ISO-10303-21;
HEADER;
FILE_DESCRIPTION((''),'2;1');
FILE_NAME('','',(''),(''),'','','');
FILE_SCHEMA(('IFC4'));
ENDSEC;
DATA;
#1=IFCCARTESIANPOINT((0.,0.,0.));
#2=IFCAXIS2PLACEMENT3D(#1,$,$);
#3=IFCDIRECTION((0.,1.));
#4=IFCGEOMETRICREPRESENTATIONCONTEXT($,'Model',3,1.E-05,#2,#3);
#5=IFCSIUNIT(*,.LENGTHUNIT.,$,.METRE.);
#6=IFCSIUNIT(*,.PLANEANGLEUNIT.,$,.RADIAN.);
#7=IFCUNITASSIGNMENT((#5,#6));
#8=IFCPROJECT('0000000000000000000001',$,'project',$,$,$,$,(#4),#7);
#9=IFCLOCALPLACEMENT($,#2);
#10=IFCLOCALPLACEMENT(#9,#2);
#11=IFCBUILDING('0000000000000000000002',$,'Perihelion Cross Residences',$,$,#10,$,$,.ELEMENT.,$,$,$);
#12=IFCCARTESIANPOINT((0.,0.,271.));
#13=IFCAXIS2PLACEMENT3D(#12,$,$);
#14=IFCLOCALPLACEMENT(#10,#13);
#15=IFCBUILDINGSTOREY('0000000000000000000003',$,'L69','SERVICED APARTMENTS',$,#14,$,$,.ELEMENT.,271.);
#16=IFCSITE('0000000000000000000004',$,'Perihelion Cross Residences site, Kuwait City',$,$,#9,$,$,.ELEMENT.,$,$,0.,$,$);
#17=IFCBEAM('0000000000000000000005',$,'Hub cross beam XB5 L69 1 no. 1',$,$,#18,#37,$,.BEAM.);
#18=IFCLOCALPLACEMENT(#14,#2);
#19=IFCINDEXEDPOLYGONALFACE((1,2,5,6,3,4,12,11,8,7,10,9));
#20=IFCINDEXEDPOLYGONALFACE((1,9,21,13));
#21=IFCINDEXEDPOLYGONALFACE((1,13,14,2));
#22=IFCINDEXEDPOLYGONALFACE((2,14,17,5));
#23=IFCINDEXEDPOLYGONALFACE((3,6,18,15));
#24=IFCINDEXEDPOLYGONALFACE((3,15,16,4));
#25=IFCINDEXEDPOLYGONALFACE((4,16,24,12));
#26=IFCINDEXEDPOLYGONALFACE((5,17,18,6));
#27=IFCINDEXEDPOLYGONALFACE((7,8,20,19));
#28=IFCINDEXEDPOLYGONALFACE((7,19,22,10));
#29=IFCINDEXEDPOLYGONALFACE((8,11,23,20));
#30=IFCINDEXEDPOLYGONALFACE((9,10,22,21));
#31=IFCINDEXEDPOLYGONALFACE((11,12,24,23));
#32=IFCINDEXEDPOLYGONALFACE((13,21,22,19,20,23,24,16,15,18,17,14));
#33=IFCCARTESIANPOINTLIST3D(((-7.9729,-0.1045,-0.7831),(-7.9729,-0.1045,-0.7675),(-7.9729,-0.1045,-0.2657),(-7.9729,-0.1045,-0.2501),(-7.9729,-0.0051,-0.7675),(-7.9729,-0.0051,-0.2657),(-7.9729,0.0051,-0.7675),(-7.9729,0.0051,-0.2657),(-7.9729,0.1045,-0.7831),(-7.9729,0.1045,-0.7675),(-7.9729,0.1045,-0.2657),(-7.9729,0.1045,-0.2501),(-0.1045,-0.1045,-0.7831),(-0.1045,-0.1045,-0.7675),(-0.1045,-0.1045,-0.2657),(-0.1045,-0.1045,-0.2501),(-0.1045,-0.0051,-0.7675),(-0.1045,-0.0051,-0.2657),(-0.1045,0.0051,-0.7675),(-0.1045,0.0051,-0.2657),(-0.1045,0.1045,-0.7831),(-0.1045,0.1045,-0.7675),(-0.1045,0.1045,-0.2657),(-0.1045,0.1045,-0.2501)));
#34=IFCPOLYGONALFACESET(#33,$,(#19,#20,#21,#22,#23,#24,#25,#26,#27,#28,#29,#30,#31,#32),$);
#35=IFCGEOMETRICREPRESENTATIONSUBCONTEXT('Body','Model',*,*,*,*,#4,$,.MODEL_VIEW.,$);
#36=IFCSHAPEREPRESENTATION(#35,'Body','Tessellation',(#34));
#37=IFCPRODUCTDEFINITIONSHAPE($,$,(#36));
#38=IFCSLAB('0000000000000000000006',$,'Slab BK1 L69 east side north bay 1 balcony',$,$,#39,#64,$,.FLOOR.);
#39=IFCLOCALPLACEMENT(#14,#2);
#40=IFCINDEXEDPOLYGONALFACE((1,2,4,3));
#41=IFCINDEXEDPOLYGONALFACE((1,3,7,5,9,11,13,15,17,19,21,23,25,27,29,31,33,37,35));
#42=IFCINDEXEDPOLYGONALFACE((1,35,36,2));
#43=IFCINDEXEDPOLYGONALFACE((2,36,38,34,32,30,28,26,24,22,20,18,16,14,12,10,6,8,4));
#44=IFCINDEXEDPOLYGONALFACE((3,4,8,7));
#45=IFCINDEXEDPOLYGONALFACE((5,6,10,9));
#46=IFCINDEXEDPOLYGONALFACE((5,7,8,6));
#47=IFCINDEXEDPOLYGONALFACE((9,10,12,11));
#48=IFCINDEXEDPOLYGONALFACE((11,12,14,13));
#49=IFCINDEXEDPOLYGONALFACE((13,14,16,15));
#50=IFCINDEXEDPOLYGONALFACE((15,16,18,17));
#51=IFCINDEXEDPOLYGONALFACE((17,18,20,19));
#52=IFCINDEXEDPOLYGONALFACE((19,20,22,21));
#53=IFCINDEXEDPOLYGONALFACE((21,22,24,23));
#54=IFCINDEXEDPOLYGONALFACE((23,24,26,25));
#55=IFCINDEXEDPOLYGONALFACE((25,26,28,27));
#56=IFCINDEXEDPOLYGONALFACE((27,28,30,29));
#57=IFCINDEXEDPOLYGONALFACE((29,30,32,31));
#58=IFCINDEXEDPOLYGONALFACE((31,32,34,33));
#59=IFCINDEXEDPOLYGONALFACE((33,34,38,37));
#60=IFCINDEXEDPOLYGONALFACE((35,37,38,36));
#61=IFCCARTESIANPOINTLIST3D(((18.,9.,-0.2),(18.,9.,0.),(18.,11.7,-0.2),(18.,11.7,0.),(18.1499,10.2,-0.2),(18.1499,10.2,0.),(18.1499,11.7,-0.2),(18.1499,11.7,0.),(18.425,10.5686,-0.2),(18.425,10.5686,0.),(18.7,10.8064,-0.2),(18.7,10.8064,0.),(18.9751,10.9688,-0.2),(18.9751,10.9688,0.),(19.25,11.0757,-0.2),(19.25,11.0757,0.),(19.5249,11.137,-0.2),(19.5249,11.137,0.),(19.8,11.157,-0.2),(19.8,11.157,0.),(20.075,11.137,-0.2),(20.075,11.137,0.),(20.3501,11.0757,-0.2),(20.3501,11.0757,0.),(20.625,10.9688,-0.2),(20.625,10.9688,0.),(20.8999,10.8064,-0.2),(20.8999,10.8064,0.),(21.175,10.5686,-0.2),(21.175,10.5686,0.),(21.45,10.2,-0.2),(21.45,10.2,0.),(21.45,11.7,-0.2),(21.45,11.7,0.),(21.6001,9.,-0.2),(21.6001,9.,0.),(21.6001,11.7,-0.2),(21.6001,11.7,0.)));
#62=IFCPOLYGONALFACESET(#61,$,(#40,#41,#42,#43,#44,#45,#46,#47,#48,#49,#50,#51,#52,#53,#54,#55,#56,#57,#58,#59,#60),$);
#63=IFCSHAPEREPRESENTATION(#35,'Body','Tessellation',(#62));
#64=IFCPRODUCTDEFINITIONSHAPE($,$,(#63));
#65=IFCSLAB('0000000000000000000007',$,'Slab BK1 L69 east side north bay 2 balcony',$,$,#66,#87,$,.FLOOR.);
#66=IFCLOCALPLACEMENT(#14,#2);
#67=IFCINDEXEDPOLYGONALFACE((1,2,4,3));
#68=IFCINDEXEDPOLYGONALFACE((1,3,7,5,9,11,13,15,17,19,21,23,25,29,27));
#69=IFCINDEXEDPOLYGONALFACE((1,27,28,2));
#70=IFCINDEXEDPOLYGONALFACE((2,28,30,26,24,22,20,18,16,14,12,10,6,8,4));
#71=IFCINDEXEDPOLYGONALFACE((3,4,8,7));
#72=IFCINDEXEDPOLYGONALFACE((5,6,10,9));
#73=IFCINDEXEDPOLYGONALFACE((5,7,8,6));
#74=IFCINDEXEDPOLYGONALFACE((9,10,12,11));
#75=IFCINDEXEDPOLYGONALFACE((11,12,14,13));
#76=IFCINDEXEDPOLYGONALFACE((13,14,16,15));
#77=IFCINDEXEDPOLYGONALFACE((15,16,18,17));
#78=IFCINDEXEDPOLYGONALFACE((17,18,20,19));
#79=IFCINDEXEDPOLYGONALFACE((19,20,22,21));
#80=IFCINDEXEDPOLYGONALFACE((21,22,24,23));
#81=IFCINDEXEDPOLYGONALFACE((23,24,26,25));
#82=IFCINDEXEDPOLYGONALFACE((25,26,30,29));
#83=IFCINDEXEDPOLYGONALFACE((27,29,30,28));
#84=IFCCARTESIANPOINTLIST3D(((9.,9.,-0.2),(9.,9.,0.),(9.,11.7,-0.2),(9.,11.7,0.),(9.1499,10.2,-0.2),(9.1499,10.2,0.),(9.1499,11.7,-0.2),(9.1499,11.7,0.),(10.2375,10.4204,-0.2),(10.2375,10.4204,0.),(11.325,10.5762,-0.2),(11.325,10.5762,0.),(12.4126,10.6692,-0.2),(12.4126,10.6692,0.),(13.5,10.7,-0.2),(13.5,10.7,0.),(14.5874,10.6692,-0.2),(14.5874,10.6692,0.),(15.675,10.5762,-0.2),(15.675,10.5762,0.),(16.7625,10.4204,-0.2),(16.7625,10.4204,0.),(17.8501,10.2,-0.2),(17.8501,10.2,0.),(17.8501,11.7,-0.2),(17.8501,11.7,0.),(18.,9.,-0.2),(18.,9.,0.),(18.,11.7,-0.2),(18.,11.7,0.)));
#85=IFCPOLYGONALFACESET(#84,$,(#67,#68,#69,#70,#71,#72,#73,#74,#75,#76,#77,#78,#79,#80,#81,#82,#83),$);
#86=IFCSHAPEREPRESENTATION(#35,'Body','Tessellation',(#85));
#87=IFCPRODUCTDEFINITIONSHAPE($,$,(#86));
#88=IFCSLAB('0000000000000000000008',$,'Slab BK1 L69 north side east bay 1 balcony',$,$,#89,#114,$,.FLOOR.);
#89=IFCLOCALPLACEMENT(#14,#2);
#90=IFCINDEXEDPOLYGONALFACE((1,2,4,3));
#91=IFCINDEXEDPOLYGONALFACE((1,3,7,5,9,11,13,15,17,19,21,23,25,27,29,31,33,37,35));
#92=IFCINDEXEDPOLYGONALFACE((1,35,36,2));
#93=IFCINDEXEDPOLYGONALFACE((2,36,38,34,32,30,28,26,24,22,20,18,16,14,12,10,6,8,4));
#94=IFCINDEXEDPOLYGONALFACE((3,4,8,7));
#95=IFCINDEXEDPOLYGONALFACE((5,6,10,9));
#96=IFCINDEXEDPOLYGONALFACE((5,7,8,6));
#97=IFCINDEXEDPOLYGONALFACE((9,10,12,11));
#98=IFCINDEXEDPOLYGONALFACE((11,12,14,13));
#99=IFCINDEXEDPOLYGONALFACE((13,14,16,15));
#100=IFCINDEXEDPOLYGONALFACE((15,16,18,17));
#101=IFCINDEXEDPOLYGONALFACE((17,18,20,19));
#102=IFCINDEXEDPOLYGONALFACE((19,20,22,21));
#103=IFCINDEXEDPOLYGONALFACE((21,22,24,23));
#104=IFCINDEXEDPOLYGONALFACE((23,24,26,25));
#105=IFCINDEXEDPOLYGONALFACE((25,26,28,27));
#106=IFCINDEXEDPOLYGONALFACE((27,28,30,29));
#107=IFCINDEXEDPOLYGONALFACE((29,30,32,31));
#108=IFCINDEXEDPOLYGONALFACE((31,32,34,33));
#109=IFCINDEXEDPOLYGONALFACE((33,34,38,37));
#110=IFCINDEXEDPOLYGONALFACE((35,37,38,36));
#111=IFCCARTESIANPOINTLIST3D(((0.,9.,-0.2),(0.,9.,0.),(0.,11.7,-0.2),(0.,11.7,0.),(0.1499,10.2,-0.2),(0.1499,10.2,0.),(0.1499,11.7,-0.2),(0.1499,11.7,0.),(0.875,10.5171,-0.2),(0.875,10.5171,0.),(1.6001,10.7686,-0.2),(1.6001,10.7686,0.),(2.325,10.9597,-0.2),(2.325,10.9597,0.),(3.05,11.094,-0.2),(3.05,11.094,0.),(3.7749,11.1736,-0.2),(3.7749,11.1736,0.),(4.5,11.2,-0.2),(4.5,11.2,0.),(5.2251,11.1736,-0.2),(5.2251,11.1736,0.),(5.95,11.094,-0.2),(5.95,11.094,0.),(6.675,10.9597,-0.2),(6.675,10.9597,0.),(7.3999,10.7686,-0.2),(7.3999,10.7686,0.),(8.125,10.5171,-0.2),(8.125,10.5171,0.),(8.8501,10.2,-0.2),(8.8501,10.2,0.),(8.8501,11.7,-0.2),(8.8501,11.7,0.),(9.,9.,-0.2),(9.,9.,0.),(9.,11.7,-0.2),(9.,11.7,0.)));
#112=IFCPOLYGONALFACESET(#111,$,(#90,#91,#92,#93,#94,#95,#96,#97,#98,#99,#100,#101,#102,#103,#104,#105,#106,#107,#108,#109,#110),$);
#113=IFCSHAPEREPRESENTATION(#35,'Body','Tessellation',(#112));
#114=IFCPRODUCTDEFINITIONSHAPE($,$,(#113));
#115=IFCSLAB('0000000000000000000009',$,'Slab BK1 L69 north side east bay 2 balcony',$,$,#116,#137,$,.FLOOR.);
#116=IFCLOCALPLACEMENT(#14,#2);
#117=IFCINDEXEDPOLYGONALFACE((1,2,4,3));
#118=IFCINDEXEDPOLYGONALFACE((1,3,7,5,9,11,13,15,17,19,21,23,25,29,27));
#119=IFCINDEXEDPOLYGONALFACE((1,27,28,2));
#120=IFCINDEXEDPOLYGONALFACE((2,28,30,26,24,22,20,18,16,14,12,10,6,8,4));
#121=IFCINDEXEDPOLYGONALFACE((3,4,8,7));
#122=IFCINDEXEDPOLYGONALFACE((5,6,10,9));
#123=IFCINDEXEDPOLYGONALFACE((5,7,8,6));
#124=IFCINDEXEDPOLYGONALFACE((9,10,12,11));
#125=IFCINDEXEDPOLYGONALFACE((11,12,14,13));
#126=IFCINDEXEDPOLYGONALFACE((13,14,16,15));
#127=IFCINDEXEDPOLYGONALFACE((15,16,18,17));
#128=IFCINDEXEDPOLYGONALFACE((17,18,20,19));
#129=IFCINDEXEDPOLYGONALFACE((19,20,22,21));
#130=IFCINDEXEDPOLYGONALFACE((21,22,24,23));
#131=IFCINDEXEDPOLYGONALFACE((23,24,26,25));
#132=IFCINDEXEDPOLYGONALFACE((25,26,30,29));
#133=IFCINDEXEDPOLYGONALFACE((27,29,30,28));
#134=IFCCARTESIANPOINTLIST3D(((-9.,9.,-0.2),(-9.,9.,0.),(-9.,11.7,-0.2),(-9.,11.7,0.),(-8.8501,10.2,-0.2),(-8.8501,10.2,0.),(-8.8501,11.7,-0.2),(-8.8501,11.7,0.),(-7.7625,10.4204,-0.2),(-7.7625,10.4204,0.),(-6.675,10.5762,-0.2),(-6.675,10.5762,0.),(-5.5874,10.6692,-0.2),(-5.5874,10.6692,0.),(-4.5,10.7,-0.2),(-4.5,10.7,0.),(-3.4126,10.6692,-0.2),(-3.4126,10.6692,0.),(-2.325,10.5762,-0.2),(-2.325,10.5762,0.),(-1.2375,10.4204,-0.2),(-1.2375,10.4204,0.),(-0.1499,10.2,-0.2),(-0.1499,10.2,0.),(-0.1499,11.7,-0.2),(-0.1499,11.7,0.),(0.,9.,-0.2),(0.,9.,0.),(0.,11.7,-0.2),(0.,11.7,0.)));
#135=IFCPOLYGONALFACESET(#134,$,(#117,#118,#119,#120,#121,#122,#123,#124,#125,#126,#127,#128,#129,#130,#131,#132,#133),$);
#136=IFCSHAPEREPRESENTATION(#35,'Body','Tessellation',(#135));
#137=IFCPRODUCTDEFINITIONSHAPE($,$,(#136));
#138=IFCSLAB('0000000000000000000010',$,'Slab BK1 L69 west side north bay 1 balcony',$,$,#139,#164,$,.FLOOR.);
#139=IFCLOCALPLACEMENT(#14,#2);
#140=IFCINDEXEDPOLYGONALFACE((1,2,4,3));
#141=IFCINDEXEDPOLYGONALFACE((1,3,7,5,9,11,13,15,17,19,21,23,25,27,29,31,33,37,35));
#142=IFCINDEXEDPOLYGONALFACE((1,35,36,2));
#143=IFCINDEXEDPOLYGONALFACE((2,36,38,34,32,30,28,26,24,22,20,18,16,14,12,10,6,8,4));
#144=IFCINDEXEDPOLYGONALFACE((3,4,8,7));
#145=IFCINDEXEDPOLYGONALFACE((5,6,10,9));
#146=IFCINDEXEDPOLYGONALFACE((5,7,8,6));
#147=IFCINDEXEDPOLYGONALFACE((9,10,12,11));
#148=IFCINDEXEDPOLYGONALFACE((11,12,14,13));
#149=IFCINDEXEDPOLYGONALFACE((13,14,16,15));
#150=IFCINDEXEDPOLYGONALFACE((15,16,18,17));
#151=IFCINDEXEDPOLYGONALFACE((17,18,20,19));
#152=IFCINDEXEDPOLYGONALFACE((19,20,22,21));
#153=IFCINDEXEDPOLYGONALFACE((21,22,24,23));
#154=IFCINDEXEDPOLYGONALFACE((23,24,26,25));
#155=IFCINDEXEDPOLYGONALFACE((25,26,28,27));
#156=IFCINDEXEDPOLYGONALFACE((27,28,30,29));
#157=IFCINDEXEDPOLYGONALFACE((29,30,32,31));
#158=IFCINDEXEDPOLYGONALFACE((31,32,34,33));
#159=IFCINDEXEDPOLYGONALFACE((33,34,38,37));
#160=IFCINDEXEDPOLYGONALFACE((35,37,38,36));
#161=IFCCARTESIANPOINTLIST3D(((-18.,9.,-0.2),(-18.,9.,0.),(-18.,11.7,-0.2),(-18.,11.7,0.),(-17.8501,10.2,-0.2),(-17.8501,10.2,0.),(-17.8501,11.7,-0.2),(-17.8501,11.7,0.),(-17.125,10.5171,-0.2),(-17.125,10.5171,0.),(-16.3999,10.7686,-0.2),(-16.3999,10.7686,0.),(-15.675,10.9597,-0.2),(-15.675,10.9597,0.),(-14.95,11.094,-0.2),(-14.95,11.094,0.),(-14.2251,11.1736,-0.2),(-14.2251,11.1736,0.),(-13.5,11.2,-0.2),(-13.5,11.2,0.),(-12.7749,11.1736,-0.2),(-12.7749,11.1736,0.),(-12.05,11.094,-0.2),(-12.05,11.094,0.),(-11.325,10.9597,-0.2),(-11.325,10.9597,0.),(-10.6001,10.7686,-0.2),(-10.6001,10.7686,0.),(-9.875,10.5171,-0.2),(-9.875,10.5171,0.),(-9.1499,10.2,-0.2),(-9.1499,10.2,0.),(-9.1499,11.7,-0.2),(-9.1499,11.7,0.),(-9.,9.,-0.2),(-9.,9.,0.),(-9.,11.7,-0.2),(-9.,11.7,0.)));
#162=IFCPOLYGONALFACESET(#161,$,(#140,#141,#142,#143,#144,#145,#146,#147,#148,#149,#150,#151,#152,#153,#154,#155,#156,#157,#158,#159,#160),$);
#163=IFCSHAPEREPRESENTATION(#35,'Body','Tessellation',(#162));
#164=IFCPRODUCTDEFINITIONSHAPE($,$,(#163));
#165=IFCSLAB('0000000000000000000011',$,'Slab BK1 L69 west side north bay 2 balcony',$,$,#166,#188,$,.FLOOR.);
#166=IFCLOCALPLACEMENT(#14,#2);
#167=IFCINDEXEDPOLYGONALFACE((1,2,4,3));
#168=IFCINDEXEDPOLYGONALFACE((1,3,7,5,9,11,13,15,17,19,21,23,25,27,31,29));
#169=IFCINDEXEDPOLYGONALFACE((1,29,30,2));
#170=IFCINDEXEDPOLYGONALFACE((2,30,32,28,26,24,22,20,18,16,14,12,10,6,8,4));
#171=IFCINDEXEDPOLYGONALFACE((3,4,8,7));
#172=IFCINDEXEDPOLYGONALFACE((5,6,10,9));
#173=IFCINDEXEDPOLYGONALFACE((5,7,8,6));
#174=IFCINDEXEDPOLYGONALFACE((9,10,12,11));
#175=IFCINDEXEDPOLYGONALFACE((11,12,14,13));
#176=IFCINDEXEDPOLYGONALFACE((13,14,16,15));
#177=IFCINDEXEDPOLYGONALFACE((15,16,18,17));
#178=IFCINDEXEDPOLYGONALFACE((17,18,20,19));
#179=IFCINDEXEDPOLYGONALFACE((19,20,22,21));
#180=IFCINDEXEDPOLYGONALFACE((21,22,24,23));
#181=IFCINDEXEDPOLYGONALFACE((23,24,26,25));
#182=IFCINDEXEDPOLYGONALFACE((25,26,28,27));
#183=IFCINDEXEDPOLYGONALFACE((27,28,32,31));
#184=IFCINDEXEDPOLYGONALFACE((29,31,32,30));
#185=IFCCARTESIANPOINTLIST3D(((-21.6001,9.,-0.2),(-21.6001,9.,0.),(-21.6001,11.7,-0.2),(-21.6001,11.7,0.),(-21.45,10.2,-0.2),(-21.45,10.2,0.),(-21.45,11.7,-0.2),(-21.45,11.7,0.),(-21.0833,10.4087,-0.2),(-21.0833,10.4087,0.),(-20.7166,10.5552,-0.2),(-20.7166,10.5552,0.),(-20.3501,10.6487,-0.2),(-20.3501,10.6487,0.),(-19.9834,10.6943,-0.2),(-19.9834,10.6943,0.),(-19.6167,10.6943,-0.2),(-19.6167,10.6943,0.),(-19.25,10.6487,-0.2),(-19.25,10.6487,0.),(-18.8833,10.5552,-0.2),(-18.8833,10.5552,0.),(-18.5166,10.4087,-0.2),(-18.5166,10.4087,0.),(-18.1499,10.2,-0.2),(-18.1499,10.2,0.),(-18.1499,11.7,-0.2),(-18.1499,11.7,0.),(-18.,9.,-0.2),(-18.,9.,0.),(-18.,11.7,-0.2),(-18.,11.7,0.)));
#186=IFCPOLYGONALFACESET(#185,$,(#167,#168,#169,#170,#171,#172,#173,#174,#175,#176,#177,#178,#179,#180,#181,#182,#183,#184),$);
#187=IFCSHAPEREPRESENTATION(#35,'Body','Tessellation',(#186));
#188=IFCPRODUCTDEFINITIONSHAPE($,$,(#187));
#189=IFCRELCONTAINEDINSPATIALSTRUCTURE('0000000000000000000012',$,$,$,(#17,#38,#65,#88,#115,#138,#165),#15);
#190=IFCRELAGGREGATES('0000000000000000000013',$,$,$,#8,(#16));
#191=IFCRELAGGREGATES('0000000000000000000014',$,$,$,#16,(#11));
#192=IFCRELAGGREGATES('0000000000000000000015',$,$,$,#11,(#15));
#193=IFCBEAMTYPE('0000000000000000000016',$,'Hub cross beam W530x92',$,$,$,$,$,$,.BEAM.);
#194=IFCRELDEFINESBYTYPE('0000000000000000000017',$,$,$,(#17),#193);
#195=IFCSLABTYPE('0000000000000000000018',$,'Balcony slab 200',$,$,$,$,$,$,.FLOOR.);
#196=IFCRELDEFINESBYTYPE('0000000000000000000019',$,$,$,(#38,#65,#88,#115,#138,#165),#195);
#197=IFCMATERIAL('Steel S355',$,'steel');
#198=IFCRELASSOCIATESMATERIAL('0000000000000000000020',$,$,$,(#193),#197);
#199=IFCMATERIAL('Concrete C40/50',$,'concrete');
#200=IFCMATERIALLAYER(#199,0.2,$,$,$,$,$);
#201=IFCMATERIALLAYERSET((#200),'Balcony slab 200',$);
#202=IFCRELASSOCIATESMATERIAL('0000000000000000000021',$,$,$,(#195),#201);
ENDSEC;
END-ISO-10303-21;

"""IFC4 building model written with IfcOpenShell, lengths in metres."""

from ifc_helpers import new_model, si_unit, direction, frame, origin, origin_2d, place, context, subcontext, project, spatial, polyline, i_section, outline, extrude, material, layer, layer_set, material_profile, profile_set, type_object, element, save


model = new_model("IFC4")

# Units and contexts
model_context = context("Model", 3, precision=1e-05, world=origin(), true_north=direction((0.0, 1.0)))
body_context = subcontext(model_context, "Body", "Model", "MODEL_VIEW")
ifc_project = project(units=[si_unit("LENGTHUNIT", "METRE"), si_unit("PLANEANGLEUNIT", "RADIAN")], contexts=[model_context])

# Site, building, storey
site_placement = place(None, origin())
site = spatial("IfcSite", under=ifc_project, at=site_placement, Name="Perihelion Cross Residences site, Kuwait City", CompositionType="ELEMENT", RefElevation=0.0)
building_placement = place(site_placement, origin())
building = spatial("IfcBuilding", under=site, at=building_placement, Name="Perihelion Cross Residences", CompositionType="ELEMENT")
storey_placement = place(building_placement, frame((0.0, 0.0, 271.0)))
storey = spatial("IfcBuildingStorey", under=building, at=storey_placement, Name="L69", Description="SERVICED APARTMENTS", CompositionType="ELEMENT", Elevation=271.0)

# Beam
ifc_material_1 = material(Name="Steel S355", Category="steel")
ifc_material_profile = material_profile(ifc_material_1, i_section(OverallWidth=0.209, OverallDepth=0.533, WebThickness=0.0103, FlangeThickness=0.0156, at=origin_2d()), Name="W530x92")
ifc_profile_set = profile_set([ifc_material_profile], Name="Steel S355")
beam_type = type_object("IfcBeamType", Name="Hub cross beam W530x92", PredefinedType="BEAM", material=ifc_profile_set)
beam_placement = place(storey_placement, frame((-7.9729, 0.0, -0.5166), z_axis=(1.0, 0.0, 0.0), x_axis=(0.0, 1.0, 0.0)))
element("IfcBeam", 1, at=beam_placement, inside=storey, type_object=beam_type, Name="Hub cross beam XB5 L69 1 no. 1", PredefinedType="BEAM", context=body_context, shape_type="SweptSolid", body=[
    extrude(i_section(OverallWidth=0.209, OverallDepth=0.533, WebThickness=0.0103, FlangeThickness=0.0156, at=origin_2d()), origin(), (0.0, 0.0, 1.0), 7.8684),
])

# Slabs
ifc_material_2 = material(Name="Concrete C40/50", Category="concrete")
ifc_layer_1 = layer(ifc_material_2, 0.2)
ifc_layer_set_1 = layer_set([ifc_layer_1], Name="Balcony slab 200")
slab_type_1 = type_object("IfcSlabType", Name="Balcony slab 200", PredefinedType="FLOOR", material=ifc_layer_set_1)
slab_1_placement = place(storey_placement, frame((0.0, 0.0, -0.2)))
element("IfcSlab", 2, at=slab_1_placement, inside=storey, type_object=slab_type_1, Name="Slab BK1 L69 east side north bay 1 balcony", PredefinedType="FLOOR", context=body_context, shape_type="SweptSolid", body=[
    extrude(outline(polyline([(21.6001, 9.0), (18.0, 9.0), (18.0, 11.7), (18.1499, 11.7), (18.1499, 10.2), (18.425, 10.5686), (18.7, 10.8064), (18.9751, 10.9688), (19.25, 11.0757), (19.5249, 11.137), (19.8, 11.157), (20.075, 11.137), (20.3501, 11.0757), (20.625, 10.9688), (20.8999, 10.8064), (21.175, 10.5686), (21.45, 10.2), (21.45, 11.7), (21.6001, 11.7), (21.6001, 9.0)])), origin(), (0.0, 0.0, 1.0), 0.2),
])
slab_2_placement = place(storey_placement, frame((0.0, 0.0, -0.2)))
element("IfcSlab", 3, at=slab_2_placement, inside=storey, type_object=slab_type_1, Name="Slab BK1 L69 east side north bay 2 balcony", PredefinedType="FLOOR", context=body_context, shape_type="SweptSolid", body=[
    extrude(outline(polyline([(18.0, 9.0), (9.0, 9.0), (9.0, 11.7), (9.1499, 11.7), (9.1499, 10.2), (10.2375, 10.4204), (11.325, 10.5762), (12.4126, 10.6692), (13.5, 10.7), (14.5874, 10.6692), (15.675, 10.5762), (16.7625, 10.4204), (17.8501, 10.2), (17.8501, 11.7), (18.0, 11.7), (18.0, 9.0)])), origin(), (0.0, 0.0, 1.0), 0.2),
])
slab_3_placement = place(storey_placement, frame((0.0, 0.0, -0.2)))
element("IfcSlab", 4, at=slab_3_placement, inside=storey, type_object=slab_type_1, Name="Slab BK1 L69 north side east bay 1 balcony", PredefinedType="FLOOR", context=body_context, shape_type="SweptSolid", body=[
    extrude(outline(polyline([(9.0, 9.0), (0.0, 9.0), (0.0, 11.7), (0.1499, 11.7), (0.1499, 10.2), (0.875, 10.5171), (1.6001, 10.7686), (2.325, 10.9597), (3.05, 11.094), (3.7749, 11.1736), (4.5, 11.2), (5.2251, 11.1736), (5.95, 11.094), (6.675, 10.9597), (7.3999, 10.7686), (8.125, 10.5171), (8.8501, 10.2), (8.8501, 11.7), (9.0, 11.7), (9.0, 9.0)])), origin(), (0.0, 0.0, 1.0), 0.2),
])
slab_4_placement = place(storey_placement, frame((0.0, 0.0, -0.2)))
element("IfcSlab", 5, at=slab_4_placement, inside=storey, type_object=slab_type_1, Name="Slab BK1 L69 north side east bay 2 balcony", PredefinedType="FLOOR", context=body_context, shape_type="SweptSolid", body=[
    extrude(outline(polyline([(0.0, 9.0), (-9.0, 9.0), (-9.0, 11.7), (-8.8501, 11.7), (-8.8501, 10.2), (-7.7625, 10.4204), (-6.675, 10.5762), (-5.5874, 10.6692), (-4.5, 10.7), (-3.4126, 10.6692), (-2.325, 10.5762), (-1.2375, 10.4204), (-0.1499, 10.2), (-0.1499, 11.7), (0.0, 11.7), (0.0, 9.0)])), origin(), (0.0, 0.0, 1.0), 0.2),
])
slab_5_placement = place(storey_placement, frame((0.0, 0.0, -0.2)))
element("IfcSlab", 6, at=slab_5_placement, inside=storey, type_object=slab_type_1, Name="Slab BK1 L69 west side north bay 1 balcony", PredefinedType="FLOOR", context=body_context, shape_type="SweptSolid", body=[
    extrude(outline(polyline([(-9.0, 9.0), (-18.0, 9.0), (-18.0, 11.7), (-17.8501, 11.7), (-17.8501, 10.2), (-17.125, 10.5171), (-16.3999, 10.7686), (-15.675, 10.9597), (-14.95, 11.094), (-14.2251, 11.1736), (-13.5, 11.2), (-12.7749, 11.1736), (-12.05, 11.094), (-11.325, 10.9597), (-10.6001, 10.7686), (-9.875, 10.5171), (-9.1499, 10.2), (-9.1499, 11.7), (-9.0, 11.7), (-9.0, 9.0)])), origin(), (0.0, 0.0, 1.0), 0.2),
])
slab_6_placement = place(storey_placement, frame((0.0, 0.0, -0.2)))
element("IfcSlab", 7, at=slab_6_placement, inside=storey, type_object=slab_type_1, Name="Slab BK1 L69 west side north bay 2 balcony", PredefinedType="FLOOR", context=body_context, shape_type="SweptSolid", body=[
    extrude(outline(polyline([(-18.0, 9.0), (-21.6001, 9.0), (-21.6001, 11.7), (-21.45, 11.7), (-21.45, 10.2), (-21.0833, 10.4087), (-20.7166, 10.5552), (-20.3501, 10.6487), (-19.9834, 10.6943), (-19.6167, 10.6943), (-19.25, 10.6487), (-18.8833, 10.5552), (-18.5166, 10.4087), (-18.1499, 10.2), (-18.1499, 11.7), (-18.0, 11.7), (-18.0, 9.0)])), origin(), (0.0, 0.0, 1.0), 0.2),
])

save(model, "model.ifc")
